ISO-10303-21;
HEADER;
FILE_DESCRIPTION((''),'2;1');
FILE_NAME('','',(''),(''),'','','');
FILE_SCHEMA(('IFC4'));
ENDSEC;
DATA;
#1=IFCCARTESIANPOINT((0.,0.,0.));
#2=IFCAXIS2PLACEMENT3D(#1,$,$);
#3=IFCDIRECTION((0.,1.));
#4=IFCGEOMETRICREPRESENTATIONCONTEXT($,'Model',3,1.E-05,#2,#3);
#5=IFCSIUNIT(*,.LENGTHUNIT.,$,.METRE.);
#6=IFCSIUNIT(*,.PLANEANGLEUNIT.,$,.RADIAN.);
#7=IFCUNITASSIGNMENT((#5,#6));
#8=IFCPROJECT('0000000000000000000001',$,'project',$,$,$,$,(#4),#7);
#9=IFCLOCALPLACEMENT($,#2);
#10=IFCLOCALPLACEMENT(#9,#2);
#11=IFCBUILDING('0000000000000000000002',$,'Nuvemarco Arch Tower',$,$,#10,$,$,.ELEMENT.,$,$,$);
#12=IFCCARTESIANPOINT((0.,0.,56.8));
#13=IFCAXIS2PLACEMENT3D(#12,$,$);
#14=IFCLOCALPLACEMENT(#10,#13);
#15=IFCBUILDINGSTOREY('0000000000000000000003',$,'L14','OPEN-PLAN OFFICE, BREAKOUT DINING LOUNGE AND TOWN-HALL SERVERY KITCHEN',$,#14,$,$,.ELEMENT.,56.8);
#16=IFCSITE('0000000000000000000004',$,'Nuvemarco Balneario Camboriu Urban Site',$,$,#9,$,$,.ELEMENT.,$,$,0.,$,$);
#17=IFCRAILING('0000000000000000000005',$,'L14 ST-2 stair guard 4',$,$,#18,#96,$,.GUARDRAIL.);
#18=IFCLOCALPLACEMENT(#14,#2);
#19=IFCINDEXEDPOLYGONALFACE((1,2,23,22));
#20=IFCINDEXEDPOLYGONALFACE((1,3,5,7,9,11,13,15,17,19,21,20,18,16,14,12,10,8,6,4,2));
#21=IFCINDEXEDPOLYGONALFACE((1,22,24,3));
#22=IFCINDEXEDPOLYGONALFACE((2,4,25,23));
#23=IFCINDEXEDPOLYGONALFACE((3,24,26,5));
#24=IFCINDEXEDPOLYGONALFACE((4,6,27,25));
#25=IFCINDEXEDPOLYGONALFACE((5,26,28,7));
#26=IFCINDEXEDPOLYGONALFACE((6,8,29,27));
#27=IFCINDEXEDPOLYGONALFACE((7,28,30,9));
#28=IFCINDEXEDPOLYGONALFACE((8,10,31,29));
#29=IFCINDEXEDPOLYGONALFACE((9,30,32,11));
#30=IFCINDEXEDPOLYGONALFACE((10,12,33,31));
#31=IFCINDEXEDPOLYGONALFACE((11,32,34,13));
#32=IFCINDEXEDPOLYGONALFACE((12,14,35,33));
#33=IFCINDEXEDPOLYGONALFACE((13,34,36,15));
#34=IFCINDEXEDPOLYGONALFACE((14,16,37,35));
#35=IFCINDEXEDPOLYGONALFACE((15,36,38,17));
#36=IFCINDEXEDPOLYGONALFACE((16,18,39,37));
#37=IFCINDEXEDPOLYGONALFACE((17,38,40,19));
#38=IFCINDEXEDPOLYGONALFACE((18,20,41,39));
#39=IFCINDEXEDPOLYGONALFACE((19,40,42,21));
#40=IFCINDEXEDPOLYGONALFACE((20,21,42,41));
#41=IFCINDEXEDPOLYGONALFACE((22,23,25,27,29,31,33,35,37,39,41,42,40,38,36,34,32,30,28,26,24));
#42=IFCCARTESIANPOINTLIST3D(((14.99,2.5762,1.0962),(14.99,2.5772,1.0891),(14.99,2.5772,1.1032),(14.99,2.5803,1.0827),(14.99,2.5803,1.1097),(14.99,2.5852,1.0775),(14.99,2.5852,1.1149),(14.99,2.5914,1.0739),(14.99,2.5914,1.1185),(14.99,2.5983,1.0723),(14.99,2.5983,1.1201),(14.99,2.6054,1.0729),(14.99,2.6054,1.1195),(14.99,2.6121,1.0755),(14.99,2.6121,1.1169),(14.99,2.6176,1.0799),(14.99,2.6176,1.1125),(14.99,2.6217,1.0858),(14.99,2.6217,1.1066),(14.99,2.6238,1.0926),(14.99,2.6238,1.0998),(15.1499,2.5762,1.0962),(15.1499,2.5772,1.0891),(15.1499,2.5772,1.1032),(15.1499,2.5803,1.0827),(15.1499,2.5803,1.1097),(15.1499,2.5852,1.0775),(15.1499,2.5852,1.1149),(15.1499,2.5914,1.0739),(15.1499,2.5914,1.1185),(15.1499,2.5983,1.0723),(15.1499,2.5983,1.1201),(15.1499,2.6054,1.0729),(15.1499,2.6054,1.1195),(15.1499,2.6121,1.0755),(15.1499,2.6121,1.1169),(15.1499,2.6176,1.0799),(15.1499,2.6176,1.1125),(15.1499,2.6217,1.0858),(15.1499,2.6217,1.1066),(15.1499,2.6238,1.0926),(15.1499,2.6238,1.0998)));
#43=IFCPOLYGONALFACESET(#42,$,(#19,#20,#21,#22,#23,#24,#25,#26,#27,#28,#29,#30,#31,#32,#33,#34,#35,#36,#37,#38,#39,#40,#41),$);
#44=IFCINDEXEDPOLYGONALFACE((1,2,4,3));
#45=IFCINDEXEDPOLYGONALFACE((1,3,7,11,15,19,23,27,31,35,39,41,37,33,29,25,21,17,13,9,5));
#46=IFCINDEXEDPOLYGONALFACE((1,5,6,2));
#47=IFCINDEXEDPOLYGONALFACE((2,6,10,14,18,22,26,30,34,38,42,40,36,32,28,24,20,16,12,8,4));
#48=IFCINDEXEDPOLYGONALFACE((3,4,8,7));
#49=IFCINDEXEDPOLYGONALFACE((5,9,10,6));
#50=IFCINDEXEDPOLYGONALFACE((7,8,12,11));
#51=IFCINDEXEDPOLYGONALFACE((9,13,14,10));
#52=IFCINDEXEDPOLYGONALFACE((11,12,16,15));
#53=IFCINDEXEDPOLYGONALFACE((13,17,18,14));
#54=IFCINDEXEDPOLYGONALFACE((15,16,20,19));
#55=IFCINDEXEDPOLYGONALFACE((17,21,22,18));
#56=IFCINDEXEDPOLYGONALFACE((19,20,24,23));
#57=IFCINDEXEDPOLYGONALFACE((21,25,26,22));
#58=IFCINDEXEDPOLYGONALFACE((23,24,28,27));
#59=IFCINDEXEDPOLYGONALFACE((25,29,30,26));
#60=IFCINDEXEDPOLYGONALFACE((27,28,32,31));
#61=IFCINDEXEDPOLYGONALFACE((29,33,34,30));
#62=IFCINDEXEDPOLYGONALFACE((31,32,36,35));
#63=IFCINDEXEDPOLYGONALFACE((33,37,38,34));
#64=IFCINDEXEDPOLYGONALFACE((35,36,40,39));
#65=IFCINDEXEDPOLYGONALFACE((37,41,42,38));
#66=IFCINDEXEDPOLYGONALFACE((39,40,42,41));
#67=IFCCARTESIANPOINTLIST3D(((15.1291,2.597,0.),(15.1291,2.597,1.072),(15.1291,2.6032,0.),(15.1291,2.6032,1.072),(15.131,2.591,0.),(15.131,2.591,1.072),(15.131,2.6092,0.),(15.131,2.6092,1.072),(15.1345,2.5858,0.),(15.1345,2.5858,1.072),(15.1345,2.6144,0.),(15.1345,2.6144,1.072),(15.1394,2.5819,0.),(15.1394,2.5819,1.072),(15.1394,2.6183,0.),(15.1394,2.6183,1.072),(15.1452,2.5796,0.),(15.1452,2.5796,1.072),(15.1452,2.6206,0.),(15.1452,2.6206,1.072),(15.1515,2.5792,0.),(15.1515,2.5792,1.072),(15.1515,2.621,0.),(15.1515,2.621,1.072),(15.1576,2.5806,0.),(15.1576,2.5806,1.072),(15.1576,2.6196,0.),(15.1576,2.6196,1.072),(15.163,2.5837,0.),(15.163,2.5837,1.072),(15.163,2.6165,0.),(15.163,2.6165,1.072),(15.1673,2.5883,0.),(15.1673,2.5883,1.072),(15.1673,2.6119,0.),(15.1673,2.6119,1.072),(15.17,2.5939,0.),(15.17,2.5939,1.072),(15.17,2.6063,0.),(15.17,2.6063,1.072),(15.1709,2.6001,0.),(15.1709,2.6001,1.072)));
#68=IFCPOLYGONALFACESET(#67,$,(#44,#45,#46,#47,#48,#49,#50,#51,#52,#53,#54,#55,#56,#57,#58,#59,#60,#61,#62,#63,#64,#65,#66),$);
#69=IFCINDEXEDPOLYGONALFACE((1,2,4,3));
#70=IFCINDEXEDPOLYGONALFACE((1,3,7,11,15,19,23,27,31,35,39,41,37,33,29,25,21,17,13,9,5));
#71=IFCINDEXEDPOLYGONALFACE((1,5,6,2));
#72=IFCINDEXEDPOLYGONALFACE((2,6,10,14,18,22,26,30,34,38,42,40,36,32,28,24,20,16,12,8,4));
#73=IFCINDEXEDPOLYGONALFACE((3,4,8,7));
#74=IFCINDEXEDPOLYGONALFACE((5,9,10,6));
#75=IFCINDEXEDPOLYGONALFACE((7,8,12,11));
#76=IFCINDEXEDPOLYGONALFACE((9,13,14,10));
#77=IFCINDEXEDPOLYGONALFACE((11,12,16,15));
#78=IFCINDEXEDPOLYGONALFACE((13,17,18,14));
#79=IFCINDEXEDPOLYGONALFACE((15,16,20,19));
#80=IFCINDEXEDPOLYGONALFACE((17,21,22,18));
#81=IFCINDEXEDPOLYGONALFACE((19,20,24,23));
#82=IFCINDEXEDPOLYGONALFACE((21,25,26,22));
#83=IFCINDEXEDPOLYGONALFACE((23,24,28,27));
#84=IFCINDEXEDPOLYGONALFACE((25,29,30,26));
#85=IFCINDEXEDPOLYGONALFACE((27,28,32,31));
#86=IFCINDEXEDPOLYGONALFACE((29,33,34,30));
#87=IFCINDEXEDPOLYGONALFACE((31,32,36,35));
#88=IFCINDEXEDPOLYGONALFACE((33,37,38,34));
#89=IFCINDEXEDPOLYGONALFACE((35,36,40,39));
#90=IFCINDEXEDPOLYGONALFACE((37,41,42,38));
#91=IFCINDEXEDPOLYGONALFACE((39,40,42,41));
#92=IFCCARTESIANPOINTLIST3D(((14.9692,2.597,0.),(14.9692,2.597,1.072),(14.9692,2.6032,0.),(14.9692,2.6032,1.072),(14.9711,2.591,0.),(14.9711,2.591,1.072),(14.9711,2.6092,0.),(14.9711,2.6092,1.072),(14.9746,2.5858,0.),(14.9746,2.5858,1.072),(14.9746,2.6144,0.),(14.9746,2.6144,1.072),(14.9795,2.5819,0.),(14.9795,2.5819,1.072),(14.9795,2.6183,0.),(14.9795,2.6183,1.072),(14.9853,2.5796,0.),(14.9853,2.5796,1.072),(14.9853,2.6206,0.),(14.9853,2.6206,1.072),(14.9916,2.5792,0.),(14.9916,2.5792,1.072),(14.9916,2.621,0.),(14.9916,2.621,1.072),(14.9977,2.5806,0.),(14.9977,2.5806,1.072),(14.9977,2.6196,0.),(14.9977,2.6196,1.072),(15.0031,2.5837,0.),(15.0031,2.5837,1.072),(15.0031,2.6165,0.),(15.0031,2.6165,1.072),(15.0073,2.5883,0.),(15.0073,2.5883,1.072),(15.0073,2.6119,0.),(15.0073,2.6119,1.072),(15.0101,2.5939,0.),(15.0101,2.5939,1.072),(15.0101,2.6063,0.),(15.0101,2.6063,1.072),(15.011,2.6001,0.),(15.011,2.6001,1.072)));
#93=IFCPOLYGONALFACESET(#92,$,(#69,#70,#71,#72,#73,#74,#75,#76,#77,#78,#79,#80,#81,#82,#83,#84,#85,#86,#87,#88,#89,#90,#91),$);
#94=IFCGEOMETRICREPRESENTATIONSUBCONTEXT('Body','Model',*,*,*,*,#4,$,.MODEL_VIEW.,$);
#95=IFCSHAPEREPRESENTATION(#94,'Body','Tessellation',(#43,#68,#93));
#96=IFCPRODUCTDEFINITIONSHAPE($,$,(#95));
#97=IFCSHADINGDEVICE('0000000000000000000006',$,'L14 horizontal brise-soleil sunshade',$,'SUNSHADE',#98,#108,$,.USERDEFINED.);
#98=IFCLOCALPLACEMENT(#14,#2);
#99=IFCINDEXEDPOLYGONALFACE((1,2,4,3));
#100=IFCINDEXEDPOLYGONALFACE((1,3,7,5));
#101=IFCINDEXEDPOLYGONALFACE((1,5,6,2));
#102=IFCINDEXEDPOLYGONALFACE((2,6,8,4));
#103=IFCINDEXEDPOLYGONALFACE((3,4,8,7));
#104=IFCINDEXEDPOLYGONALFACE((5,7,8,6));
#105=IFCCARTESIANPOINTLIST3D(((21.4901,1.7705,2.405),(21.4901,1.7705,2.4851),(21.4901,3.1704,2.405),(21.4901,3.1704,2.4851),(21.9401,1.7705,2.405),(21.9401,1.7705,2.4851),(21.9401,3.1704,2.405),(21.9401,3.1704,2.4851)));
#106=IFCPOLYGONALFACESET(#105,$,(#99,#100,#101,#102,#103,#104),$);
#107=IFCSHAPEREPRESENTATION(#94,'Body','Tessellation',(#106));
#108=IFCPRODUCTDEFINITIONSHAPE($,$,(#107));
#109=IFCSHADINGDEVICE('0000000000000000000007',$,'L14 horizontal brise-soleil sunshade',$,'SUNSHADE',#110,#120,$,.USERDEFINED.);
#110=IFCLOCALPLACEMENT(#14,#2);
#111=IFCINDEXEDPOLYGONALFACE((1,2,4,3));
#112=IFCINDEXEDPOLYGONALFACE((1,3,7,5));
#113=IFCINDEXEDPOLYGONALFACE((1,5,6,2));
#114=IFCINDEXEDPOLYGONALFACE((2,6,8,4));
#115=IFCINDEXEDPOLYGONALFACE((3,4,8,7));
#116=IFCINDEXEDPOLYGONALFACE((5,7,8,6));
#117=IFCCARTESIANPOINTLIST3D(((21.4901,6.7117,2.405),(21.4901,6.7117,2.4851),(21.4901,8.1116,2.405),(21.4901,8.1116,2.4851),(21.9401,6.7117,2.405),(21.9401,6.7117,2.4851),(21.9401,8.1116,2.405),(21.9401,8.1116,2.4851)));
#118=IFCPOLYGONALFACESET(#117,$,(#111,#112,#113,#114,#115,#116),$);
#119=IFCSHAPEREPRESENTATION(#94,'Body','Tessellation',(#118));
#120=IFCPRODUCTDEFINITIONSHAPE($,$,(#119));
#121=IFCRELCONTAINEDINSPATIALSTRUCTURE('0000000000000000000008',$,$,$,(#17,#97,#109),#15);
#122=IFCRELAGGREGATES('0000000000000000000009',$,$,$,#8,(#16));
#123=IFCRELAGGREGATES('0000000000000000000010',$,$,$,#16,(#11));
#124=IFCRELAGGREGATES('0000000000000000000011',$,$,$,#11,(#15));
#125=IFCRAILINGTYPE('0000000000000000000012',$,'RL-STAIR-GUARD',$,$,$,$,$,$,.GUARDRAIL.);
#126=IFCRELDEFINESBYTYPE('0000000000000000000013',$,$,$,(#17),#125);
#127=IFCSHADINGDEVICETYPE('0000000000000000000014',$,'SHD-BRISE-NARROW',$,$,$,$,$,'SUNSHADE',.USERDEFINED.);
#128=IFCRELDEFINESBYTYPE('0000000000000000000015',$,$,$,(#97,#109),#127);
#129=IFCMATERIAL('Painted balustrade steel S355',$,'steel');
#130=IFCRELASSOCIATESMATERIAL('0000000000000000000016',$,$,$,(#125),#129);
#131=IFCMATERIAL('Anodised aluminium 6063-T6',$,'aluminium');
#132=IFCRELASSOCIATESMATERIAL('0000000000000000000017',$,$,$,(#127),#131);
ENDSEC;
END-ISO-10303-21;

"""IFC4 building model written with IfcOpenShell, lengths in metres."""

from ifc_helpers import new_model, si_unit, direction, frame, origin, origin_2d, place, context, subcontext, project, spatial, rectangle, circle, extrude, source, transform, mapped, material, type_object, type_shapes, element, save


model = new_model("IFC4")

# Units and contexts
model_context = context("Model", 3, precision=1e-05, world=origin(), true_north=direction((0.0, 1.0)))
body_context = subcontext(model_context, "Body", "Model", "MODEL_VIEW")
ifc_project = project(units=[si_unit("LENGTHUNIT", "METRE"), si_unit("PLANEANGLEUNIT", "RADIAN")], contexts=[model_context])

# Site, building, storey
site_placement = place(None, origin())
site = spatial("IfcSite", under=ifc_project, at=site_placement, Name="Nuvemarco Balneario Camboriu Urban Site", CompositionType="ELEMENT", RefElevation=0.0)
building_placement = place(site_placement, origin())
building = spatial("IfcBuilding", under=site, at=building_placement, Name="Nuvemarco Arch Tower", CompositionType="ELEMENT")
storey_placement = place(building_placement, frame((0.0, 0.0, 56.8)))
storey = spatial("IfcBuildingStorey", under=building, at=storey_placement, Name="L14", Description="OPEN-PLAN OFFICE, BREAKOUT DINING LOUNGE AND TOWN-HALL SERVERY KITCHEN", CompositionType="ELEMENT", Elevation=56.8)

# Railing
ifc_material_1 = material(Name="Painted balustrade steel S355", Category="steel")
railing_type_1 = type_object("IfcRailingType", Name="RL-STAIR-GUARD", PredefinedType="GUARDRAIL", material=ifc_material_1)
railing_1_placement = place(storey_placement, frame((15.1499, 2.6001, 0.0)))
element("IfcRailing", 1, at=railing_1_placement, inside=storey, type_object=railing_type_1, Name="L14 ST-2 stair guard 4", PredefinedType="GUARDRAIL", context=body_context, shape_type="SweptSolid", body=[
    extrude(circle(Radius=0.0239, at=origin_2d()), frame((0.0, 0.0, 1.0962), z_axis=(-1.0, 0.0, 0.0), x_axis=(0.0, -1.0, 0.0)), (0.0, 0.0, 1.0), 0.1599),
    extrude(circle(Radius=0.021, at=origin_2d()), origin(), (0.0, 0.0, 1.0), 1.072),
    extrude(circle(Radius=0.021, at=origin_2d()), frame((-0.1599, 0.0, 0.0)), (0.0, 0.0, 1.0), 1.072),
])

# Shading devices
ifc_material_2 = material(Name="Anodised aluminium 6063-T6", Category="aluminium")
shading_device_type = type_object("IfcShadingDeviceType", Name="SHD-BRISE-NARROW", ElementType="SUNSHADE", PredefinedType="USERDEFINED", material=ifc_material_2)
shared_shape_1 = source(origin(), body_context, "Body", "SweptSolid", [
    extrude(rectangle(XDim=1.3999, YDim=0.45, at=origin_2d()), origin(), (0.0, 0.0, 1.0), 0.0801),
])
type_shapes(shading_device_type, [shared_shape_1])
for number, where, z_axis, x_axis, name in (
    (2, (21.7151, 2.4705, 2.405), (0.0, 0.0, 1.0), (0.0, 1.0, 0.0), "L14 horizontal brise-soleil sunshade"),
    (3, (21.7151, 7.4116, 2.405), (0.0, 0.0, 1.0), (0.0, 1.0, 0.0), "L14 horizontal brise-soleil sunshade"),
):
    element("IfcShadingDevice", number, at=place(storey_placement, frame(where, z_axis=z_axis, x_axis=x_axis)), inside=storey, type_object=shading_device_type, Name=name, ObjectType="SUNSHADE", PredefinedType="USERDEFINED", context=body_context, shape_type="MappedRepresentation", body=[
        mapped(shared_shape_1, transform((0.0, 0.0, 0.0), scale=1.0)),
    ])

save(model, "model.ifc")
